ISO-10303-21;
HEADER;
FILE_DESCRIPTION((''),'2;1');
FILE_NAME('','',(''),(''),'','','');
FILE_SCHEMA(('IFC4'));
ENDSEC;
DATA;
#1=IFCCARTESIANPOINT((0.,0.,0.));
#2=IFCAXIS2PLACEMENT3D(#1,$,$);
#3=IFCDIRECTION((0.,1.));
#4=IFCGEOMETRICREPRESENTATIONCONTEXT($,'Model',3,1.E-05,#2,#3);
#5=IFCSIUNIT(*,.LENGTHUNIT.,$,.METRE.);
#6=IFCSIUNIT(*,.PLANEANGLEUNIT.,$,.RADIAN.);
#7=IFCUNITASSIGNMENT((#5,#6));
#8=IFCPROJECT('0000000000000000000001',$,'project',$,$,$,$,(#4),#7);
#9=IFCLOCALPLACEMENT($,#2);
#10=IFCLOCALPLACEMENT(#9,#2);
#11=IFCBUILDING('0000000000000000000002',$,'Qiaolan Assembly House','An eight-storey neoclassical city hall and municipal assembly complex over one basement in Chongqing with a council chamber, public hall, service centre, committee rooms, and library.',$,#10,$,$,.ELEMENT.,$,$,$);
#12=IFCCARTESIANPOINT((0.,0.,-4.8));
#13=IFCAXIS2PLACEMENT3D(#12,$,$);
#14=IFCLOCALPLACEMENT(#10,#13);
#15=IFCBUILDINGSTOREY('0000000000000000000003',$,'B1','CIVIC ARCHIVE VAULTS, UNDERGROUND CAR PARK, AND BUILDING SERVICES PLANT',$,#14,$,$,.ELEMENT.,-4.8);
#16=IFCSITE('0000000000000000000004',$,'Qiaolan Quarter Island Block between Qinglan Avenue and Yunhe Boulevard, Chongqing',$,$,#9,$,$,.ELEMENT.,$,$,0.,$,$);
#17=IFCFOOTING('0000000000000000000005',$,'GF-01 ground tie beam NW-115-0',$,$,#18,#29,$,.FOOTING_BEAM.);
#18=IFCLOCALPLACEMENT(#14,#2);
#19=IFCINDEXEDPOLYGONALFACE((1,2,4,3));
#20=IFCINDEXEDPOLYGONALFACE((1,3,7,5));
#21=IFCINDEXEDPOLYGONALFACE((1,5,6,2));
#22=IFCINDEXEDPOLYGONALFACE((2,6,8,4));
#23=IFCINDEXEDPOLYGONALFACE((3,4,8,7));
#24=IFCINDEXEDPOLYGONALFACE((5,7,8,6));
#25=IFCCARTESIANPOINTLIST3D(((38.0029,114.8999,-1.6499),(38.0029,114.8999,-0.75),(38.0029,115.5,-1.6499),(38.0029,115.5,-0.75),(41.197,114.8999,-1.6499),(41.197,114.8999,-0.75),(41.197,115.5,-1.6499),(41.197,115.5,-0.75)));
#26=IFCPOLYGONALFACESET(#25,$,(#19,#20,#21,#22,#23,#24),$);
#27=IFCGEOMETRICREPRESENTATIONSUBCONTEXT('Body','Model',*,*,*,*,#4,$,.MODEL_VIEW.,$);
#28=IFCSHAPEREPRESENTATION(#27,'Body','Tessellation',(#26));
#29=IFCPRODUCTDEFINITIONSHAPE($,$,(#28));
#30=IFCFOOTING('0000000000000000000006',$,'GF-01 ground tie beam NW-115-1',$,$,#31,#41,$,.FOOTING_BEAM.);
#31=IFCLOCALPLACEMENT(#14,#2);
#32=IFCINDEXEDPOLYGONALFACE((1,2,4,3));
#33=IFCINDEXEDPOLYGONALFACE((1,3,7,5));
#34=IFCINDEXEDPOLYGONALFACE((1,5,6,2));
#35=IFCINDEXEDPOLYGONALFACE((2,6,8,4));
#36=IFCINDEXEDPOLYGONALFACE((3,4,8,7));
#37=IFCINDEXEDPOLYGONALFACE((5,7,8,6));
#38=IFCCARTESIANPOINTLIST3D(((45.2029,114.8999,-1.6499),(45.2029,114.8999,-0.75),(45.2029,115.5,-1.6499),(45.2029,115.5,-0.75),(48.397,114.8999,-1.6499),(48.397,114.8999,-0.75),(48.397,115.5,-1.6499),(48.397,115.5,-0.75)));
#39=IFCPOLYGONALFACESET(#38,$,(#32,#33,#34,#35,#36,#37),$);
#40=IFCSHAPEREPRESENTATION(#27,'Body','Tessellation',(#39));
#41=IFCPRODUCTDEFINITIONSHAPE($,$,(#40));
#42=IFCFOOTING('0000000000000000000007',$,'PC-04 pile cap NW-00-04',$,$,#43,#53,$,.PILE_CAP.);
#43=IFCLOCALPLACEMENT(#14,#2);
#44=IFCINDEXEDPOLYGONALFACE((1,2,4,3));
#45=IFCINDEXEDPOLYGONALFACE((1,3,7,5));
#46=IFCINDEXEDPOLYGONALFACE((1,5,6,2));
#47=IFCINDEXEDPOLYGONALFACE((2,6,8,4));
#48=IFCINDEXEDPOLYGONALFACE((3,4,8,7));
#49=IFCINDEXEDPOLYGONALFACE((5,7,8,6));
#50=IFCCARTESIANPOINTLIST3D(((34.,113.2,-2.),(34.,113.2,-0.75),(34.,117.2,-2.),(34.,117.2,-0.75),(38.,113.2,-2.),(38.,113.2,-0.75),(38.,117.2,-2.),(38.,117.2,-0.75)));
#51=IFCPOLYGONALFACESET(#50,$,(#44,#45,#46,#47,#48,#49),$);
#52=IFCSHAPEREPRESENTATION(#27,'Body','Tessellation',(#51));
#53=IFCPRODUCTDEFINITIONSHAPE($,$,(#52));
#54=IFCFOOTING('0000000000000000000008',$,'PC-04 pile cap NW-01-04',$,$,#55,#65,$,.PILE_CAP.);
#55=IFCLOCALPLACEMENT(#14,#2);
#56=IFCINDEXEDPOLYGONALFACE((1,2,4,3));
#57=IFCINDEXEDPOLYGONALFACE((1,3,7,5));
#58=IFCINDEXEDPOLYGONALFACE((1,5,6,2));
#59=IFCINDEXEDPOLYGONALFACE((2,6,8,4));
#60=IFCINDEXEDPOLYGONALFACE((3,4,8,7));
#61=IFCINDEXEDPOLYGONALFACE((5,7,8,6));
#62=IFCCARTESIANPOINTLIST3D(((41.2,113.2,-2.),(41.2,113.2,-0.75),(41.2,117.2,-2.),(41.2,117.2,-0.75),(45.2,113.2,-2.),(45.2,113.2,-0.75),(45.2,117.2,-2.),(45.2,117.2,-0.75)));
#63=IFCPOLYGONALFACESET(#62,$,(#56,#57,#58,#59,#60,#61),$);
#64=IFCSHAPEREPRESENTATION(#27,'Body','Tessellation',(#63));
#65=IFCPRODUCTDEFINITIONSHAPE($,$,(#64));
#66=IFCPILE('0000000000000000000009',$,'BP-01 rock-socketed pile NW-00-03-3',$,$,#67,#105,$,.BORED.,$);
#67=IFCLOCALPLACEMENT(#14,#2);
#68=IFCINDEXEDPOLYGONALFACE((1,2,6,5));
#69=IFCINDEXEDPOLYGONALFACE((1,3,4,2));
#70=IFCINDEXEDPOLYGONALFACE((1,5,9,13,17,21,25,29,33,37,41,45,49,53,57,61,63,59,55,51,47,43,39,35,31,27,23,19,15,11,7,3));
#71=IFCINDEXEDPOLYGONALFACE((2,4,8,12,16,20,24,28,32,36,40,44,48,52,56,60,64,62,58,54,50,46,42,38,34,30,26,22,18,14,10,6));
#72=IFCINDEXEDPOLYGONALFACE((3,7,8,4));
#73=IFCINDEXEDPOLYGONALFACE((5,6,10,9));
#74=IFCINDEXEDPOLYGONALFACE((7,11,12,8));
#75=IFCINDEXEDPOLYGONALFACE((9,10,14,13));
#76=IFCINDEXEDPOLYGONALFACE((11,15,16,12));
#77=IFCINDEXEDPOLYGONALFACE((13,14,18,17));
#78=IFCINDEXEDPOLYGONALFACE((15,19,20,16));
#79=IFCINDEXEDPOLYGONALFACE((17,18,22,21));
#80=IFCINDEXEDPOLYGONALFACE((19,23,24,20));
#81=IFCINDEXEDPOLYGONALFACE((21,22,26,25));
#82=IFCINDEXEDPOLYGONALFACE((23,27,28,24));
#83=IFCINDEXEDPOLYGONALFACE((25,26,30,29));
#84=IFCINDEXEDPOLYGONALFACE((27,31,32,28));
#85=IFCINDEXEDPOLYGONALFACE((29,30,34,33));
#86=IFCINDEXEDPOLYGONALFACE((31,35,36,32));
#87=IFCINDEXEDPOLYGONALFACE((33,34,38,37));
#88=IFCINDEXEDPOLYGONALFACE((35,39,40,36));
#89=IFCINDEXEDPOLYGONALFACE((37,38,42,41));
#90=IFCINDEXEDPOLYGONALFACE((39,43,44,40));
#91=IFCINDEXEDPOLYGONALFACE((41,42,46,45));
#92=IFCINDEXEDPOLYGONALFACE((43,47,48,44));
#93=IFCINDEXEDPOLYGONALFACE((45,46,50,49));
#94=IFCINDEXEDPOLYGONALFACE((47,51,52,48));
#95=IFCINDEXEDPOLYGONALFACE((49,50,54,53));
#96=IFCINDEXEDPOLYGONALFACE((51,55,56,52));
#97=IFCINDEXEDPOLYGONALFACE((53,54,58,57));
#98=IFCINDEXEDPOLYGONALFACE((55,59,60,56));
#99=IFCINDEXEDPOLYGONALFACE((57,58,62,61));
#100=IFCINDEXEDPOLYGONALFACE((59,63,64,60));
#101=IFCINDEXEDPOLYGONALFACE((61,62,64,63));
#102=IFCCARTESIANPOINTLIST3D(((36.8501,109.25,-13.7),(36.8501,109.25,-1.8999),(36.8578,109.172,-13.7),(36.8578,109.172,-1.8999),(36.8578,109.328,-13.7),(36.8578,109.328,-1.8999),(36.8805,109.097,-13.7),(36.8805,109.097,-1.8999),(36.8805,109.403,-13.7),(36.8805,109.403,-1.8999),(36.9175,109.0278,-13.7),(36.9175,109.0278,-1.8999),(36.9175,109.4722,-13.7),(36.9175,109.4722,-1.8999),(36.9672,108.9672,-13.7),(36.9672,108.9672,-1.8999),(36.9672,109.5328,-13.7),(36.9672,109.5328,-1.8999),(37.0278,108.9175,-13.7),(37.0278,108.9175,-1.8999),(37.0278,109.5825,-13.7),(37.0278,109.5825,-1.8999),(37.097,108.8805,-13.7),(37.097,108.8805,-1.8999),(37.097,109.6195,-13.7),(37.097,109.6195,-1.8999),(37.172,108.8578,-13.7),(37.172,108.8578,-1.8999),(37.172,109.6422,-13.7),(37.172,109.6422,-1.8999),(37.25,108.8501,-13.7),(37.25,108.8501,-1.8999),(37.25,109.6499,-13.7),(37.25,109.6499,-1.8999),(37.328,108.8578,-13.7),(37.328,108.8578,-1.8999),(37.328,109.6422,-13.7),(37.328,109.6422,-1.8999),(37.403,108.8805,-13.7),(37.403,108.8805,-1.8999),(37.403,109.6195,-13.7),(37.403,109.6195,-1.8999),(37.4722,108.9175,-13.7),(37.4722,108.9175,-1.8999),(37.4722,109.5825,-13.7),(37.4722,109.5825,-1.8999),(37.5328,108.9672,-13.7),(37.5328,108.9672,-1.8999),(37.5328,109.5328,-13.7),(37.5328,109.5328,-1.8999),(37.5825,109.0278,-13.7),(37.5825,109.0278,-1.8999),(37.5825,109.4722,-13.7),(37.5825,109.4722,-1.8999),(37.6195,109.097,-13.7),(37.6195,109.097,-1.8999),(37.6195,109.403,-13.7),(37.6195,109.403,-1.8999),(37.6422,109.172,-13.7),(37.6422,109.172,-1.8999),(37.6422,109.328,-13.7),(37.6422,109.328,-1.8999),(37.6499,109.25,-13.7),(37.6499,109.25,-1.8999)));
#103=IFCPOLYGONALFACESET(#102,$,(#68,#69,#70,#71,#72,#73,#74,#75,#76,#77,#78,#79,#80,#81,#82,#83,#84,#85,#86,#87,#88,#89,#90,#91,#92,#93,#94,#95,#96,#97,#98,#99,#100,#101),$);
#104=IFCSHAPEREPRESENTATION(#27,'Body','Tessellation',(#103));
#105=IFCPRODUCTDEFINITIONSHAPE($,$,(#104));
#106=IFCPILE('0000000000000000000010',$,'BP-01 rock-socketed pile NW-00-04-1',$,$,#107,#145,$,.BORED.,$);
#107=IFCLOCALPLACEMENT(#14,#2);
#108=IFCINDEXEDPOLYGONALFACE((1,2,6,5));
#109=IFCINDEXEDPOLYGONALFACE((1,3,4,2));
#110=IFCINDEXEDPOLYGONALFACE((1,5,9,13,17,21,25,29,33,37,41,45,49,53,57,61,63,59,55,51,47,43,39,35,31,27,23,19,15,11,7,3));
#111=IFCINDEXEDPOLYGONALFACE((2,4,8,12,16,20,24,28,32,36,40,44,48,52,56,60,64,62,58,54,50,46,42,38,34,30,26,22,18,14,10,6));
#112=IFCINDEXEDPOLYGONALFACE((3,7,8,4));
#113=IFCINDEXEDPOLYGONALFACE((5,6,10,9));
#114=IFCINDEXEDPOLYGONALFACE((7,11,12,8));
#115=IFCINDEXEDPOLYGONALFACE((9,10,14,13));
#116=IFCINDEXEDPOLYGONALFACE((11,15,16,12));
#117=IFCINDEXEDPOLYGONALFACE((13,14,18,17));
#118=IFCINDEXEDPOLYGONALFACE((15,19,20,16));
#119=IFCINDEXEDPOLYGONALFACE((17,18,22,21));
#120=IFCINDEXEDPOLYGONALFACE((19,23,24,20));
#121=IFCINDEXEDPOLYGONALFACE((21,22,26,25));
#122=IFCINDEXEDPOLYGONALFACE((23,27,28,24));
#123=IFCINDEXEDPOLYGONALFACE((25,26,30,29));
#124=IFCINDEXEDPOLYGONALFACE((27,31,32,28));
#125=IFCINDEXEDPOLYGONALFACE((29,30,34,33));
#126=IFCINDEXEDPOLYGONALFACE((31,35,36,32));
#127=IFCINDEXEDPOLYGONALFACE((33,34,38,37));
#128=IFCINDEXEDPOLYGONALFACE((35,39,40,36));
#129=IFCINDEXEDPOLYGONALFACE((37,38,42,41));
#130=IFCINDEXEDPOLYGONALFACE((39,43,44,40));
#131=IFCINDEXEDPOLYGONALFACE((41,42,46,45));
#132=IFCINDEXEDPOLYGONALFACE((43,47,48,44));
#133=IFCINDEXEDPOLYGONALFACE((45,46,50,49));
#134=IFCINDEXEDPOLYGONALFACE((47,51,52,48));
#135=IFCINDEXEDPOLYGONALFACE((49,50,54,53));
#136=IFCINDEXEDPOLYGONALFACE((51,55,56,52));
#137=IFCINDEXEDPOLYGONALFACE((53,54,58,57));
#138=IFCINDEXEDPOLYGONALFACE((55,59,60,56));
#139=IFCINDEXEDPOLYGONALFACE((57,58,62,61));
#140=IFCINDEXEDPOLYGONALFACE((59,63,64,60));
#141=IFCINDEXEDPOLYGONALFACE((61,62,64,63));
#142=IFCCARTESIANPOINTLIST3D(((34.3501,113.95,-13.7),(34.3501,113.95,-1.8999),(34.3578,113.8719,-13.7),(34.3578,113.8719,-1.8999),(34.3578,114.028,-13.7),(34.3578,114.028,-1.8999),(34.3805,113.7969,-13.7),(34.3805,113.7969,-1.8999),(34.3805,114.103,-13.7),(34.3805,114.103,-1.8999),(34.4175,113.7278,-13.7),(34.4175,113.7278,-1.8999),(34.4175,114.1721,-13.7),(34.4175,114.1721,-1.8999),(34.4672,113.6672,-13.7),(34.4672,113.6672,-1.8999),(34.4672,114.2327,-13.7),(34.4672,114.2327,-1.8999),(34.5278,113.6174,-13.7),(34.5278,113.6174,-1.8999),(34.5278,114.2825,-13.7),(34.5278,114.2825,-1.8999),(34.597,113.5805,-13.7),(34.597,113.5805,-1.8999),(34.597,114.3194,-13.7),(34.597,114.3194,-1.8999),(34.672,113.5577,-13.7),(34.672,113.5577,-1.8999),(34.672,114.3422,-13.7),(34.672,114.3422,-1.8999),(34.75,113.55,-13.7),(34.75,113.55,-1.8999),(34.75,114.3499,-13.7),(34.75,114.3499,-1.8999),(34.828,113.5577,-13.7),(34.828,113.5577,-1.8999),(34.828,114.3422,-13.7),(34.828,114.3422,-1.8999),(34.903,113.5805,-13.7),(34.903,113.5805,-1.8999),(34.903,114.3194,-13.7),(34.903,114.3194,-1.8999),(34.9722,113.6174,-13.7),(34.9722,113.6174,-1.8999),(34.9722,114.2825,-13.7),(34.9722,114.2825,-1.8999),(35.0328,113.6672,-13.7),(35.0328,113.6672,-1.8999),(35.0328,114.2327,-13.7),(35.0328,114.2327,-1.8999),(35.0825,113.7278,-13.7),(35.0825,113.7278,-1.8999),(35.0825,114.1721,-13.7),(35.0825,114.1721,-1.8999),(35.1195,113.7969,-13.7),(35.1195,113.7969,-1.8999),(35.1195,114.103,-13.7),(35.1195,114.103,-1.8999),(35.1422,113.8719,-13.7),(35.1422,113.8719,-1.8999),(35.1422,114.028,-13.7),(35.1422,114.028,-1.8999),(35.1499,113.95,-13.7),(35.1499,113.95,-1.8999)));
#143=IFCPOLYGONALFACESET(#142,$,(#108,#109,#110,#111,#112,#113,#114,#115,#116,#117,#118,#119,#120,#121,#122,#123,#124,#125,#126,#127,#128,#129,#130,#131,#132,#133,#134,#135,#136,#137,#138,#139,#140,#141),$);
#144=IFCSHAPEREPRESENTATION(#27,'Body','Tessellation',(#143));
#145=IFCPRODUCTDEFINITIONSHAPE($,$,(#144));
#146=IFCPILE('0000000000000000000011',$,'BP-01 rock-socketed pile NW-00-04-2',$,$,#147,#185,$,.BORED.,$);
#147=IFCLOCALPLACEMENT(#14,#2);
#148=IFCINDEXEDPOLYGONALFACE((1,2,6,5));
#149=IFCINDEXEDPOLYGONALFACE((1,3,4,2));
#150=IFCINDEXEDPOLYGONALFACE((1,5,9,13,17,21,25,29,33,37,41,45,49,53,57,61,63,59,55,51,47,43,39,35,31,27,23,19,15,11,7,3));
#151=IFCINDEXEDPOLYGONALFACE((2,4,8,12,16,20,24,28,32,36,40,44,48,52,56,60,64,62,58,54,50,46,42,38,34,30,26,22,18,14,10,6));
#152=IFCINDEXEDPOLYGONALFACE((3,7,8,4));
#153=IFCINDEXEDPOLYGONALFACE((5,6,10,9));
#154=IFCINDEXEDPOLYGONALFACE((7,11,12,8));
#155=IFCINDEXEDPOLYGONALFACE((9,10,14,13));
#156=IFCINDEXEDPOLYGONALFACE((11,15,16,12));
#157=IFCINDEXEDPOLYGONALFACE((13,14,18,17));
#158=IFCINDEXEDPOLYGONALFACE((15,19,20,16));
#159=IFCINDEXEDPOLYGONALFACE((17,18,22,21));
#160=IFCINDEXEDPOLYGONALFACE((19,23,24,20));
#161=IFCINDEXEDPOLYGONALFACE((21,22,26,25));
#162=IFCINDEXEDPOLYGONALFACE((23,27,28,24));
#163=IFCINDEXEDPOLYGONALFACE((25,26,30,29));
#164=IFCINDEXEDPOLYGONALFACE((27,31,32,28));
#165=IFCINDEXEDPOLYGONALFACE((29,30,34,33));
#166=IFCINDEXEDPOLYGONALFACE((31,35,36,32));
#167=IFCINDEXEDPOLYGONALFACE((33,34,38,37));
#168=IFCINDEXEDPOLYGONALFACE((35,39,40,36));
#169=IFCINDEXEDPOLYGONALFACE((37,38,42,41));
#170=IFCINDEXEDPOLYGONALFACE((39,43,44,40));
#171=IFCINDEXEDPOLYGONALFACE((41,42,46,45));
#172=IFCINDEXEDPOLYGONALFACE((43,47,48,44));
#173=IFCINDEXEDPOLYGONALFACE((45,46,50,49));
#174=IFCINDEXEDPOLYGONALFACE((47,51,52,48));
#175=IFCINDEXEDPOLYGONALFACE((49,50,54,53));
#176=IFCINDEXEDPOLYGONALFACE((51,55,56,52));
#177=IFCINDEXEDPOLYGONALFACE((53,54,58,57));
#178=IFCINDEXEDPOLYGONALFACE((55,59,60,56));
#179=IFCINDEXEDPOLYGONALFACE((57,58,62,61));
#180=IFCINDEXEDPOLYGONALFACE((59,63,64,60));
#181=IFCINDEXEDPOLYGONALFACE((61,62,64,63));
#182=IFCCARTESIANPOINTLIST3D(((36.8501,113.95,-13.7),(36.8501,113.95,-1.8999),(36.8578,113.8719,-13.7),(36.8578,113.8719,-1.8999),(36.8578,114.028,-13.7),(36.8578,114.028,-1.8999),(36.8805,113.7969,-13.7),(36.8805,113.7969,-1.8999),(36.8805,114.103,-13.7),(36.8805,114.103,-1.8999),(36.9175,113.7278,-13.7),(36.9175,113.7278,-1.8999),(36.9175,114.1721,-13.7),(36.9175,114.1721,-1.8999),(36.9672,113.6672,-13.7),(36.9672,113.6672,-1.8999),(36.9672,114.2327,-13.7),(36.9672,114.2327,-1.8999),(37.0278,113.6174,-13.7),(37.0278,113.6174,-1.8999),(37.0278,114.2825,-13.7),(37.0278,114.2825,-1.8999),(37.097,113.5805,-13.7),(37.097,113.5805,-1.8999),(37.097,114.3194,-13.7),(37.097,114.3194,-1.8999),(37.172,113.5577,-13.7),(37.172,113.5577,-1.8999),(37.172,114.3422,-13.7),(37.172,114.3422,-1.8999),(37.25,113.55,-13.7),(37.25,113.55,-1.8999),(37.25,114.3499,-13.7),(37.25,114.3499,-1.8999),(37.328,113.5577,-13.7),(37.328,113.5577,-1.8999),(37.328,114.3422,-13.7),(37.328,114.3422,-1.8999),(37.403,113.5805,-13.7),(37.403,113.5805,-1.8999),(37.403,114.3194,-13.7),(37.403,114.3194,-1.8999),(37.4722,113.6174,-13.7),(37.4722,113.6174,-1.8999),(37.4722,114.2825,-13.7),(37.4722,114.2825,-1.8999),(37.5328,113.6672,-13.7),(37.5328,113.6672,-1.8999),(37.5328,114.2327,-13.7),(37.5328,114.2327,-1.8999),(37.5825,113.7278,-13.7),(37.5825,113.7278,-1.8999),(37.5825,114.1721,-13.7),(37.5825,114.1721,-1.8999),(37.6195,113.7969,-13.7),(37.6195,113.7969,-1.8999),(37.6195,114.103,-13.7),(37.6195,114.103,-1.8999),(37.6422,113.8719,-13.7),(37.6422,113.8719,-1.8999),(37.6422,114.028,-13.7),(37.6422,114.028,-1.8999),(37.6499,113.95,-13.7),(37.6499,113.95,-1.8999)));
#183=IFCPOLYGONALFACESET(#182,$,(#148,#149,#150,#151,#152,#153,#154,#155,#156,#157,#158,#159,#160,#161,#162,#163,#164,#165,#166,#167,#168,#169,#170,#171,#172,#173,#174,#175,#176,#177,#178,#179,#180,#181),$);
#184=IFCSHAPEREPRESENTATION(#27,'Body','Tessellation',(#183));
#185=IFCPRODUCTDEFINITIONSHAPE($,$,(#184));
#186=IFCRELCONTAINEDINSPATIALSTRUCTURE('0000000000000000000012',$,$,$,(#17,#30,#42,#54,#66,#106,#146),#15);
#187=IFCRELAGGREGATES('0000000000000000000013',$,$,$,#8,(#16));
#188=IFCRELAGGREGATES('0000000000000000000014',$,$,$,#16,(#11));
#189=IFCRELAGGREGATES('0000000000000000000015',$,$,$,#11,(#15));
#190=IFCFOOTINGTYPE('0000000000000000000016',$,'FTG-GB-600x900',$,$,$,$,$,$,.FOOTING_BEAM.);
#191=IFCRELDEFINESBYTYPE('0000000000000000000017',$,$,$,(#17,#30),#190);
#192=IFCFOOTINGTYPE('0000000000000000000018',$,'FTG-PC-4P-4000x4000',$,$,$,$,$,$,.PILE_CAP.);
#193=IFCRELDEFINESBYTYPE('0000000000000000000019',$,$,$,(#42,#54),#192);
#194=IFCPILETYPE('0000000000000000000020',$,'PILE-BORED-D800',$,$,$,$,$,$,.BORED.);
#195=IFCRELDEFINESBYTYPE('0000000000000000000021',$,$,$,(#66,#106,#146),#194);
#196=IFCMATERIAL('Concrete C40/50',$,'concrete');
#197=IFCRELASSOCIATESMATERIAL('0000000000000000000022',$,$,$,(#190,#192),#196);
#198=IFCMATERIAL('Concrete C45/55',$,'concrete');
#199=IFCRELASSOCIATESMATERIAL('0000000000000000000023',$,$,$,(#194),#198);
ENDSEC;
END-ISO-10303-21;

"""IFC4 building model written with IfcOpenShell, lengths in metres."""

from ifc_helpers import new_model, si_unit, direction, frame, origin, origin_2d, place, context, subcontext, project, spatial, rectangle, circle, extrude, material, material_profile, profile_set, type_object, element, save


model = new_model("IFC4")

# Units and contexts
model_context = context("Model", 3, precision=1e-05, world=origin(), true_north=direction((0.0, 1.0)))
body_context = subcontext(model_context, "Body", "Model", "MODEL_VIEW")
ifc_project = project(units=[si_unit("LENGTHUNIT", "METRE"), si_unit("PLANEANGLEUNIT", "RADIAN")], contexts=[model_context])

# Site, building, storey
site_placement = place(None, origin())
site = spatial("IfcSite", under=ifc_project, at=site_placement, Name="Qiaolan Quarter Island Block between Qinglan Avenue and Yunhe Boulevard, Chongqing", CompositionType="ELEMENT", RefElevation=0.0)
building_placement = place(site_placement, origin())
building = spatial("IfcBuilding", under=site, at=building_placement, Name="Qiaolan Assembly House", Description="An eight-storey neoclassical city hall and municipal assembly complex over one basement in Chongqing with a council chamber, public hall, service centre, committee rooms, and library.", CompositionType="ELEMENT")
storey_placement = place(building_placement, frame((0.0, 0.0, -4.8)))
storey = spatial("IfcBuildingStorey", under=building, at=storey_placement, Name="B1", Description="CIVIC ARCHIVE VAULTS, UNDERGROUND CAR PARK, AND BUILDING SERVICES PLANT", CompositionType="ELEMENT", Elevation=-4.8)

# Footings
ifc_material_1 = material(Name="Concrete C40/50", Category="concrete")
ifc_material_profile_1 = material_profile(ifc_material_1, rectangle(XDim=0.6001, YDim=0.8999, at=origin_2d()), Name="GF 600x900")
ifc_profile_set_1 = profile_set([ifc_material_profile_1], Name="Concrete C40/50")
footing_type_1 = type_object("IfcFootingType", Name="FTG-GB-600x900", PredefinedType="FOOTING_BEAM", material=ifc_profile_set_1)
for number, where, z_axis, x_axis, name in (
    (1, (38.0029, 115.2, -1.2), (1.0, 0.0, 0.0), (0.0, 1.0, 0.0), "GF-01 ground tie beam NW-115-0"),
    (2, (45.2029, 115.2, -1.2), (1.0, 0.0, 0.0), (0.0, 1.0, 0.0), "GF-01 ground tie beam NW-115-1"),
):
    element("IfcFooting", number, at=place(storey_placement, frame(where, z_axis=z_axis, x_axis=x_axis)), inside=storey, type_object=footing_type_1, Name=name, PredefinedType="FOOTING_BEAM", context=body_context, shape_type="SweptSolid", body=[
        extrude(rectangle(XDim=0.6001, YDim=0.8999, at=origin_2d()), origin(), (0.0, 0.0, 1.0), 3.1941),
    ])
footing_type_2 = type_object("IfcFootingType", Name="FTG-PC-4P-4000x4000", PredefinedType="PILE_CAP", material=ifc_material_1)
for number, where, z_axis, x_axis, name in (
    (3, (36.0, 115.2, -2.0), (0.0, 0.0, 1.0), (1.0, 0.0, 0.0), "PC-04 pile cap NW-00-04"),
    (4, (43.2, 115.2, -2.0), (0.0, 0.0, 1.0), (1.0, 0.0, 0.0), "PC-04 pile cap NW-01-04"),
):
    element("IfcFooting", number, at=place(storey_placement, frame(where, z_axis=z_axis, x_axis=x_axis)), inside=storey, type_object=footing_type_2, Name=name, PredefinedType="PILE_CAP", context=body_context, shape_type="SweptSolid", body=[
        extrude(rectangle(XDim=4.0, YDim=4.0, at=origin_2d()), origin(), (0.0, 0.0, 1.0), 1.25),
    ])

# Piles
ifc_material_2 = material(Name="Concrete C45/55", Category="concrete")
ifc_material_profile_2 = material_profile(ifc_material_2, circle(Radius=0.3999, at=origin_2d()), Name="PILE D800")
ifc_profile_set_2 = profile_set([ifc_material_profile_2], Name="Concrete C45/55")
pile_type_1 = type_object("IfcPileType", Name="PILE-BORED-D800", PredefinedType="BORED", material=ifc_profile_set_2)
for number, where, z_axis, x_axis, name in (
    (5, (37.25, 109.25, -1.8999), (0.0, 0.0, -1.0), (1.0, 0.0, 0.0), "BP-01 rock-socketed pile NW-00-03-3"),
    (6, (34.75, 113.95, -1.8999), (0.0, 0.0, -1.0), (1.0, 0.0, 0.0), "BP-01 rock-socketed pile NW-00-04-1"),
    (7, (37.25, 113.95, -1.8999), (0.0, 0.0, -1.0), (1.0, 0.0, 0.0), "BP-01 rock-socketed pile NW-00-04-2"),
):
    element("IfcPile", number, at=place(storey_placement, frame(where, z_axis=z_axis, x_axis=x_axis)), inside=storey, type_object=pile_type_1, Name=name, PredefinedType="BORED", context=body_context, shape_type="SweptSolid", body=[
        extrude(circle(Radius=0.3999, at=origin_2d()), origin(), (0.0, 0.0, 1.0), 11.8),
    ])

save(model, "model.ifc")
